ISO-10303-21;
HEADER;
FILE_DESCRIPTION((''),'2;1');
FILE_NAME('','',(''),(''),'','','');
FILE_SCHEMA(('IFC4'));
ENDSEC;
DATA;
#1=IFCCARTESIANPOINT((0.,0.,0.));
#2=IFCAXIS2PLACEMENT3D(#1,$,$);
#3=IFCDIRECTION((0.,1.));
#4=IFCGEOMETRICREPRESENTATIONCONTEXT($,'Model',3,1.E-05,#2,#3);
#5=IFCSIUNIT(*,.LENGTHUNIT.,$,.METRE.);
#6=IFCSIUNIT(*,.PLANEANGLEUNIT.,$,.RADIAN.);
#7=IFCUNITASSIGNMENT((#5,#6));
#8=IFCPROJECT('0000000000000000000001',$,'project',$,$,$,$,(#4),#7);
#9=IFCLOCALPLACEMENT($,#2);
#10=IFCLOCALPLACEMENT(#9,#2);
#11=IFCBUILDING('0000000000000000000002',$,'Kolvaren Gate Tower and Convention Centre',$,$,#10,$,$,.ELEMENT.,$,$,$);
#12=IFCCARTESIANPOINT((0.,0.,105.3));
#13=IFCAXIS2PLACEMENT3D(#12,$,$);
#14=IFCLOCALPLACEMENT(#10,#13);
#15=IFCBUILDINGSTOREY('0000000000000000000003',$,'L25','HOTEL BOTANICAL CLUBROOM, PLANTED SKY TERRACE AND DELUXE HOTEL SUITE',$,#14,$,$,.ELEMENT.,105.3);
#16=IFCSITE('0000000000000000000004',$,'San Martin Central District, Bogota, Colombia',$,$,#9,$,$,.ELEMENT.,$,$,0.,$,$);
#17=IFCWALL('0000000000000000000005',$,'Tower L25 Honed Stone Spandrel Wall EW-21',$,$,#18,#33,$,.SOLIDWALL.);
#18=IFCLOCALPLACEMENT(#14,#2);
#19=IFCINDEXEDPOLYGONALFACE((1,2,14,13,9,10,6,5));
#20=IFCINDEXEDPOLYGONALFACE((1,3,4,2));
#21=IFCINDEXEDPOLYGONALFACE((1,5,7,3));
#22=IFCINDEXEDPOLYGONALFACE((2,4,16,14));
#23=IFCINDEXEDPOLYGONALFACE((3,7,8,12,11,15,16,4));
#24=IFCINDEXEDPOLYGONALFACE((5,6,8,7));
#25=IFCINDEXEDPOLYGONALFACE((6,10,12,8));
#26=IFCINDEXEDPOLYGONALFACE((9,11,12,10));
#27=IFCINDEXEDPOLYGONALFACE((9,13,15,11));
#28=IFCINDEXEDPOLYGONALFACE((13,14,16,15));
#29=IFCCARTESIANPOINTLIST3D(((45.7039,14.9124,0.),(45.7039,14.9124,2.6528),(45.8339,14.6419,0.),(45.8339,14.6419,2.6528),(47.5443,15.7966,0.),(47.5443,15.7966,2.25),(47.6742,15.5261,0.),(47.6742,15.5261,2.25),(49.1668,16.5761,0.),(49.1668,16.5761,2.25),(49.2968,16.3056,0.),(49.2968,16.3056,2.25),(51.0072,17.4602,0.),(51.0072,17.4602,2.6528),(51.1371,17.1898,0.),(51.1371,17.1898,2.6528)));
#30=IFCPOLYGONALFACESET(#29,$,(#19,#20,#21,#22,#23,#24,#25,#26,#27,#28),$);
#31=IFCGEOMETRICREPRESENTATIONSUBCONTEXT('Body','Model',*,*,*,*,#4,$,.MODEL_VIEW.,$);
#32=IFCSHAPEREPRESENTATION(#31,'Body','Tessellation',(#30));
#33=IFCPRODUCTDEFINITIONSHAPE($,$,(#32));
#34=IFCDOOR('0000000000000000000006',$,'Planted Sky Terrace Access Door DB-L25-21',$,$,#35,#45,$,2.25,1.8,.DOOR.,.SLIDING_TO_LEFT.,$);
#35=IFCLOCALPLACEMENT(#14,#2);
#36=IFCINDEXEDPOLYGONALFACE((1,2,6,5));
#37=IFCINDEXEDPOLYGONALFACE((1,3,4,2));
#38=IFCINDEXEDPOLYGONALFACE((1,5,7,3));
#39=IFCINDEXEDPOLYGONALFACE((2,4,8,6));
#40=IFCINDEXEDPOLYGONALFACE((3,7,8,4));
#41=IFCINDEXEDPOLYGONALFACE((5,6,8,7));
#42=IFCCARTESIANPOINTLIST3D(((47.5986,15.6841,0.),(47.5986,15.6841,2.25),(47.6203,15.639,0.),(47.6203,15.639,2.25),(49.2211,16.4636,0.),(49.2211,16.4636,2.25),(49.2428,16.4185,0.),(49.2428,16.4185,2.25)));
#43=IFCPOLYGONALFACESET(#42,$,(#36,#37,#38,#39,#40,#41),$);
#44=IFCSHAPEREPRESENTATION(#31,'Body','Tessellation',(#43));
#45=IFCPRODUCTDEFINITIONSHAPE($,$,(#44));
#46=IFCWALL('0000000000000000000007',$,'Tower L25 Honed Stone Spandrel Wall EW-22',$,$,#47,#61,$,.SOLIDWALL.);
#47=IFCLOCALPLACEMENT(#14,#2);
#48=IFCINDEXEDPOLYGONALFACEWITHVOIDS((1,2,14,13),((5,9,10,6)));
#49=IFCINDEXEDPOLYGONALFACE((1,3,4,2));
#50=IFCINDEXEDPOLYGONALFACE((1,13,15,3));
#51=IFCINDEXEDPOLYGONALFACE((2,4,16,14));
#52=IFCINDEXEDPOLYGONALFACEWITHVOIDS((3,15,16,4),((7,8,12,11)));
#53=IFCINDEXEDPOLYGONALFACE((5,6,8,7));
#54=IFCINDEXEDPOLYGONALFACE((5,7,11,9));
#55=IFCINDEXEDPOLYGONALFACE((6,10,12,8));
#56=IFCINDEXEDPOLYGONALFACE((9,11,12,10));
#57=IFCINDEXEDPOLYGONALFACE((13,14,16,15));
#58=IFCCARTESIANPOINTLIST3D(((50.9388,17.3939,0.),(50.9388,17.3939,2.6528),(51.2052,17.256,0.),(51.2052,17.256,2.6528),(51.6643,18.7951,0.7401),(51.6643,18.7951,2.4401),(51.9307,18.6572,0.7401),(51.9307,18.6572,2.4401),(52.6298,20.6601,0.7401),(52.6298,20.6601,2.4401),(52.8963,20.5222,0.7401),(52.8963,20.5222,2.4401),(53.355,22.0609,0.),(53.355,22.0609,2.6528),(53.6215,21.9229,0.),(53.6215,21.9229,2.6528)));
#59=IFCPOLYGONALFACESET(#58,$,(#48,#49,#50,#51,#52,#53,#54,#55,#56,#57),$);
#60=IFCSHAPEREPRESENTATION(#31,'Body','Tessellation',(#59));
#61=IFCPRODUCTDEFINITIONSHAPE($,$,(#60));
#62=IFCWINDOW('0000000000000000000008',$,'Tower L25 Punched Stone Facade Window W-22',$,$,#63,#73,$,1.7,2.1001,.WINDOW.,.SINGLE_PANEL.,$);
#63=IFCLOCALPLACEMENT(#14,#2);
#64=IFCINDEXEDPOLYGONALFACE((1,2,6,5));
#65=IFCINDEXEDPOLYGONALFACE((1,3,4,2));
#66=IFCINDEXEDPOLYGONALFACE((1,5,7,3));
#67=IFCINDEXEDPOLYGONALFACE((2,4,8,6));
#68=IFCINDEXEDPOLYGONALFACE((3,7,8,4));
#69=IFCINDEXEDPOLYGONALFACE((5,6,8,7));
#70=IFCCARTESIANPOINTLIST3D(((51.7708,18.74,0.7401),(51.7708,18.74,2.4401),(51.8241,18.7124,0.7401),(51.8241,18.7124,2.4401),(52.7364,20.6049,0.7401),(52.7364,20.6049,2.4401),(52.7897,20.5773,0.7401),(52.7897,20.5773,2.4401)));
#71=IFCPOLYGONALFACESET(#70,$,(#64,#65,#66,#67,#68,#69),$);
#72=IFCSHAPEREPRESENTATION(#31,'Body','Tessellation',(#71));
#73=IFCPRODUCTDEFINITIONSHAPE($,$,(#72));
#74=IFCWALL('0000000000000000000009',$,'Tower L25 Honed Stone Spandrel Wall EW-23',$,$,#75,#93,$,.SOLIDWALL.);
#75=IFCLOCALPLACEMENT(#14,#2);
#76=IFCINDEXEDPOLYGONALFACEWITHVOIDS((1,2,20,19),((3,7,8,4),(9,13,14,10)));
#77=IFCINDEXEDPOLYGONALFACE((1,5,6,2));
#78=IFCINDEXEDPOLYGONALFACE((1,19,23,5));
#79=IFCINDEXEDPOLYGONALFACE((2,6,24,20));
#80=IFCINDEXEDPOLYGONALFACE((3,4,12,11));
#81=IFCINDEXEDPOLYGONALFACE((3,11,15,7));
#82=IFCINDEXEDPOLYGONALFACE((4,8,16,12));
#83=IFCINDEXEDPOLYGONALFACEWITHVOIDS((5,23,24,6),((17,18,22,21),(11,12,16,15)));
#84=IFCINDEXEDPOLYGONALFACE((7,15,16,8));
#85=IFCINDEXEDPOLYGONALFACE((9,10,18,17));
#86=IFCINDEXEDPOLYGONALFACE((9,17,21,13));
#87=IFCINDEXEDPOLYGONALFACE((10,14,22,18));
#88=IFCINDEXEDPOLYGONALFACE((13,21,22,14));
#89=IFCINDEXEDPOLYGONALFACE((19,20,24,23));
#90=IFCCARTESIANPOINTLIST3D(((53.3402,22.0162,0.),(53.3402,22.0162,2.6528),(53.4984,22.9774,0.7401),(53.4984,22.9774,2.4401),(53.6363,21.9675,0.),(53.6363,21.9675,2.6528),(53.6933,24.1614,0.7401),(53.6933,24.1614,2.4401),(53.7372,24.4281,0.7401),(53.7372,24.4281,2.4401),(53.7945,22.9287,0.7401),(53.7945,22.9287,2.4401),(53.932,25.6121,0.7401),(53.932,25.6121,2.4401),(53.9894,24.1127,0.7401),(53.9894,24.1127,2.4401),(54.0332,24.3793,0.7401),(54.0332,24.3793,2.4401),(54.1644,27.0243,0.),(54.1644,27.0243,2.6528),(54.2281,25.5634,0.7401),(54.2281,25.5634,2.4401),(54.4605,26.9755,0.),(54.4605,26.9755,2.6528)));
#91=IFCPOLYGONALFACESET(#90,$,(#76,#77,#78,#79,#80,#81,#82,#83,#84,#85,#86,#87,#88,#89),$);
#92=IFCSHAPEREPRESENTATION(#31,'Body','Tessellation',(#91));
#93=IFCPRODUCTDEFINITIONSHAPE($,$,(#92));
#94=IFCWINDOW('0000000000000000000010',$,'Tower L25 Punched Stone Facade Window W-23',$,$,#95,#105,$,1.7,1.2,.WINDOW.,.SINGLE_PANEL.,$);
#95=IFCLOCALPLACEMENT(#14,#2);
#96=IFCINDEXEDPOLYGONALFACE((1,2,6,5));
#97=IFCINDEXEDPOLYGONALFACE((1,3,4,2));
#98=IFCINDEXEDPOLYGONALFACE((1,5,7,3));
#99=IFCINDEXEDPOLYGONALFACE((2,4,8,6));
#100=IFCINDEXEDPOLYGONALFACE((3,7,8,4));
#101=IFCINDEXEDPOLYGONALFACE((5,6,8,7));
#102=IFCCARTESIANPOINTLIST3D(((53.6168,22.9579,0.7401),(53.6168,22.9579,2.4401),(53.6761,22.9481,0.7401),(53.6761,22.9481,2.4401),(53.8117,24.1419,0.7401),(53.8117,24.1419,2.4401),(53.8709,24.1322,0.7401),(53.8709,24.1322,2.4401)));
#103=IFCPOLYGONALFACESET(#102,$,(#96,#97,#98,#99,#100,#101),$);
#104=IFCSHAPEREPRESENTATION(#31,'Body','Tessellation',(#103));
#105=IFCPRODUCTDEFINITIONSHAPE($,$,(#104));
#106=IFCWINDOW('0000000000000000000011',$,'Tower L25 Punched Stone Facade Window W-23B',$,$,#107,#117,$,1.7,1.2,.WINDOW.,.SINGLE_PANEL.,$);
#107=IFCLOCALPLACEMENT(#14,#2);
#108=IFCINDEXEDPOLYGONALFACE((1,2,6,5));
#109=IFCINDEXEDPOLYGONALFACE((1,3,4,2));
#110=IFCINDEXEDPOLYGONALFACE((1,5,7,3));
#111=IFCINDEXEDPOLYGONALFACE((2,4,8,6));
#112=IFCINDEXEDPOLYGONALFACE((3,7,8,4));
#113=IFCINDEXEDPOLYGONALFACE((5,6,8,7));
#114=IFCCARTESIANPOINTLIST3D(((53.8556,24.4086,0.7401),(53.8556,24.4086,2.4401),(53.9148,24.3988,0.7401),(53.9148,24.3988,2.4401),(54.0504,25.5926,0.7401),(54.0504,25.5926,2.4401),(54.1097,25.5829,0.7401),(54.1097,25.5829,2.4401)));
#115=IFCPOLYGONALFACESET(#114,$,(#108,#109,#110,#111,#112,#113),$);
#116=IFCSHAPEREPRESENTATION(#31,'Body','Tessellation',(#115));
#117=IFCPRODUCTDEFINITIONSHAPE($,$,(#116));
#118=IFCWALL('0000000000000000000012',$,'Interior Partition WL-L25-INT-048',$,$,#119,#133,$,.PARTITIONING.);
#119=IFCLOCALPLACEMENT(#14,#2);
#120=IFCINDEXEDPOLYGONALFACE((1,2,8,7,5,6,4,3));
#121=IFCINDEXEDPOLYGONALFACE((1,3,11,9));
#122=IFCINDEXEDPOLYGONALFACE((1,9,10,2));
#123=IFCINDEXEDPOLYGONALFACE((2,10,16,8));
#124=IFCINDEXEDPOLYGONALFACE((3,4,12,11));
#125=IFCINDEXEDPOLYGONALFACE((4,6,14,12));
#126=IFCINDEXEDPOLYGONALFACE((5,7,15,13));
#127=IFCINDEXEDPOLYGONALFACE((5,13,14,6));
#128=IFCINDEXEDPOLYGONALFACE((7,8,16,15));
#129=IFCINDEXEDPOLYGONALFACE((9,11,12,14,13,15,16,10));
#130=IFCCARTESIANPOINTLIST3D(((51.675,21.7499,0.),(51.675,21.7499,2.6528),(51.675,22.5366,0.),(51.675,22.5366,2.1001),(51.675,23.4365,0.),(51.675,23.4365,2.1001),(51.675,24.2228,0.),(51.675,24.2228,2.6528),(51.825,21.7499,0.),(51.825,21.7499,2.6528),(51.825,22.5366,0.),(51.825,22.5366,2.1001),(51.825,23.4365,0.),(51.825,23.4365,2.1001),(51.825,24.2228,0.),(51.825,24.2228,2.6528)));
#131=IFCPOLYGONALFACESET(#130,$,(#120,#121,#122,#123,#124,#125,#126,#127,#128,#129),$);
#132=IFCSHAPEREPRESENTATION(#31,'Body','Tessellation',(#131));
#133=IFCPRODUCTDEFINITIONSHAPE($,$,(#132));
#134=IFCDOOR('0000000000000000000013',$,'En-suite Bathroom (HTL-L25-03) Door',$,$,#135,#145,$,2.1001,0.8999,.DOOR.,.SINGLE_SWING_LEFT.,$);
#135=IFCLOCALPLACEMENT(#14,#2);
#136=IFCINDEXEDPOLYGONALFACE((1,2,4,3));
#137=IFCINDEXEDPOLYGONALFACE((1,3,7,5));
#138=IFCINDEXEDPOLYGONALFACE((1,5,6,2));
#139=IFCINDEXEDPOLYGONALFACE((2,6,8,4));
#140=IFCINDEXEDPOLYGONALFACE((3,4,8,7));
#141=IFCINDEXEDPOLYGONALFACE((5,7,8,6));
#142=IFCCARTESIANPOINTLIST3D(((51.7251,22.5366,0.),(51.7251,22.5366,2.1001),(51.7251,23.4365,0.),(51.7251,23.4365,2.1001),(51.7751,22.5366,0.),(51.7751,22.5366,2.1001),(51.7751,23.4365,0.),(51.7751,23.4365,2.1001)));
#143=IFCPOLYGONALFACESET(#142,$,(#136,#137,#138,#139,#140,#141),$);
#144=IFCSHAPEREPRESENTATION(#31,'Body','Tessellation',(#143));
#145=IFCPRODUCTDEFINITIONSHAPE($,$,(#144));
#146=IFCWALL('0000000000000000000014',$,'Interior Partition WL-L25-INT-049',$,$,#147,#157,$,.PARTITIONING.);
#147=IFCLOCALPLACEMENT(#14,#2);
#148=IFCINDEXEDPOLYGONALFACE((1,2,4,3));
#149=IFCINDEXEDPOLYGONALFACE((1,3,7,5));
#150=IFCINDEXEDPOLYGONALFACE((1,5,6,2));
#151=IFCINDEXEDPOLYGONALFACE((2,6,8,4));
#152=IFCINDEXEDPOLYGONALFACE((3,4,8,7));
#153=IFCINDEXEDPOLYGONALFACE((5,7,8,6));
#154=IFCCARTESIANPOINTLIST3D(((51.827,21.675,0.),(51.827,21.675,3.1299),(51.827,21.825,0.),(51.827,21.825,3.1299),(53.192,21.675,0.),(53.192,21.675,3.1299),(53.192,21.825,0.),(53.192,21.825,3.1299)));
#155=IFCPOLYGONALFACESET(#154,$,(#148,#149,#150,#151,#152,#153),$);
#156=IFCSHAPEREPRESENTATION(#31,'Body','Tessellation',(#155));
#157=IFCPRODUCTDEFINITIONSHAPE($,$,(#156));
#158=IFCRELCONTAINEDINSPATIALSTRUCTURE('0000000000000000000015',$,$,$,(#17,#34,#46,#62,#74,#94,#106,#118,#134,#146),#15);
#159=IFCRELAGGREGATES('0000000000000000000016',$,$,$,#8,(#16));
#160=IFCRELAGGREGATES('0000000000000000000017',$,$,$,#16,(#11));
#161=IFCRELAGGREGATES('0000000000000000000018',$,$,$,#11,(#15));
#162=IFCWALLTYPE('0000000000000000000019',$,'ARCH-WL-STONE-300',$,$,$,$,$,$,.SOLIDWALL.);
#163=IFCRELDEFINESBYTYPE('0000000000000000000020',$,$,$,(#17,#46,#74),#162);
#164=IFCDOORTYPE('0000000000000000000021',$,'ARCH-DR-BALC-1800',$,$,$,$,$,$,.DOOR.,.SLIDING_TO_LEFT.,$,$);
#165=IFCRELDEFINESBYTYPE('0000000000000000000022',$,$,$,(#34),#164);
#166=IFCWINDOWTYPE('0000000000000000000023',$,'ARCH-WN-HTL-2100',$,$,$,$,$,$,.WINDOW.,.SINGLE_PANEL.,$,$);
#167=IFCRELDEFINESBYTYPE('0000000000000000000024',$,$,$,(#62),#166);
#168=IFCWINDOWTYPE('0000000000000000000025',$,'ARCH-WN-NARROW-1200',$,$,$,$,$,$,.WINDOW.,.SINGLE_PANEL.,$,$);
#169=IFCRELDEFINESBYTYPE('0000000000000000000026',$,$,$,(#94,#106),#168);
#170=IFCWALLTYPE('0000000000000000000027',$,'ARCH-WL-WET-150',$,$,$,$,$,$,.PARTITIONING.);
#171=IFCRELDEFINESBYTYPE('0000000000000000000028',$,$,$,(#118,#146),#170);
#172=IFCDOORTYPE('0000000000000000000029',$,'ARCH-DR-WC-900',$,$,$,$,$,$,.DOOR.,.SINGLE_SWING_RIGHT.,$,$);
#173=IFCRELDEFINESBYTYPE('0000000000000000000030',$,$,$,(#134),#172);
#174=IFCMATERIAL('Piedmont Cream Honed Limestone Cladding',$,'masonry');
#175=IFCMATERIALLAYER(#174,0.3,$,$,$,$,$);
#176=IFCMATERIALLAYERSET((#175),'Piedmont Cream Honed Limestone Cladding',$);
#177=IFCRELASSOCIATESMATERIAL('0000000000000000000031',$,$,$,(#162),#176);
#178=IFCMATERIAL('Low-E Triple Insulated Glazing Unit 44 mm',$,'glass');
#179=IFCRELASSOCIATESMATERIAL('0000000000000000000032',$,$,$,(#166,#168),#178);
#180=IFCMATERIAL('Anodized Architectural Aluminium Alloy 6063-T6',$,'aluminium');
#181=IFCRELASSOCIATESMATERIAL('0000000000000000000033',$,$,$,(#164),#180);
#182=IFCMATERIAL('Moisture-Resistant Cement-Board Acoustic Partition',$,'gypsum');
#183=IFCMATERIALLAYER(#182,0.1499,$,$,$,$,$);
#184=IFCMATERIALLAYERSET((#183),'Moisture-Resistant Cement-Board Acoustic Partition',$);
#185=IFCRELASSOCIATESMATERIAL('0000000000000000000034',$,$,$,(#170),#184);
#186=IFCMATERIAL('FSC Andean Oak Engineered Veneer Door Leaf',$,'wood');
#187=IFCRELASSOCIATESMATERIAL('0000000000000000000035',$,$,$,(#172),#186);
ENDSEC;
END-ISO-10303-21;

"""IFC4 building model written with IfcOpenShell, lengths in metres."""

from ifc_helpers import new_model, si_unit, direction, frame, frame_2d, origin, place, context, subcontext, project, spatial, rectangle, extrude, material, layer, layer_set, type_object, element, fill, save


model = new_model("IFC4")

# Units and contexts
model_context = context("Model", 3, precision=1e-05, world=origin(), true_north=direction((0.0, 1.0)))
body_context = subcontext(model_context, "Body", "Model", "MODEL_VIEW")
ifc_project = project(units=[si_unit("LENGTHUNIT", "METRE"), si_unit("PLANEANGLEUNIT", "RADIAN")], contexts=[model_context])

# Site, building, storey
site_placement = place(None, origin())
site = spatial("IfcSite", under=ifc_project, at=site_placement, Name="San Martin Central District, Bogota, Colombia", CompositionType="ELEMENT", RefElevation=0.0)
building_placement = place(site_placement, origin())
building = spatial("IfcBuilding", under=site, at=building_placement, Name="Kolvaren Gate Tower and Convention Centre", CompositionType="ELEMENT")
storey_placement = place(building_placement, frame((0.0, 0.0, 105.3)))
storey = spatial("IfcBuildingStorey", under=building, at=storey_placement, Name="L25", Description="HOTEL BOTANICAL CLUBROOM, PLANTED SKY TERRACE AND DELUXE HOTEL SUITE", CompositionType="ELEMENT", Elevation=105.3)

# Shared definitions
ifc_material_1 = material(Name="Piedmont Cream Honed Limestone Cladding", Category="masonry")

# Shared definitions
ifc_layer_1 = layer(ifc_material_1, 0.3)
ifc_layer_set_1 = layer_set([ifc_layer_1], Name="Piedmont Cream Honed Limestone Cladding")
wall_type_1 = type_object("IfcWallType", Name="ARCH-WL-STONE-300", PredefinedType="SOLIDWALL", material=ifc_layer_set_1)
ifc_material_2 = material(Name="Low-E Triple Insulated Glazing Unit 44 mm", Category="glass")
window_type_1 = type_object("IfcWindowType", Name="ARCH-WN-HTL-2100", PartitioningType="SINGLE_PANEL", PredefinedType="WINDOW", material=ifc_material_2)

# Wall, opening, door
wall_1_placement = place(storey_placement, frame((45.7688, 14.7771, 0.0), z_axis=(0.0, 0.0, 1.0), x_axis=(0.90137, 0.433049, 0.0)))
wall_1 = element("IfcWall", 1, at=wall_1_placement, inside=storey, type_object=wall_type_1, Name="Tower L25 Honed Stone Spandrel Wall EW-21", PredefinedType="SOLIDWALL", context=body_context, shape_type="SweptSolid", body=[
    extrude(rectangle(XDim=5.8835, YDim=0.3, at=frame_2d((2.9419, 0.0))), origin(), (0.0, 0.0, 1.0), 2.6528),
])
opening_1_placement = place(wall_1_placement, frame((2.042, 0.0, 0.0)))
opening_1 = element("IfcOpeningElement", 2, at=opening_1_placement, cuts=wall_1, PredefinedType="OPENING", context=body_context, shape_type="SweptSolid", body=[
    extrude(rectangle(XDim=1.8, YDim=2.25, at=frame_2d((0.8999, 1.125))), frame((0.0, 0.1599, 0.0), z_axis=(0.0, -1.0, 0.0), x_axis=(1.0, 0.0, 0.0)), (0.0, 0.0, 1.0), 0.3201),
])
ifc_material_3 = material(Name="Anodized Architectural Aluminium Alloy 6063-T6", Category="aluminium")
door_type_1 = type_object("IfcDoorType", Name="ARCH-DR-BALC-1800", OperationType="SLIDING_TO_LEFT", PredefinedType="DOOR", material=ifc_material_3)
door_1_placement = place(opening_1_placement, frame((1.8, 0.0, 0.0), z_axis=(0.0, 0.0, 1.0), x_axis=(-1.0, 0.0, 0.0)))
door_1 = element("IfcDoor", 3, at=door_1_placement, inside=storey, type_object=door_type_1, Name="Planted Sky Terrace Access Door DB-L25-21", OperationType="SLIDING_TO_LEFT", OverallHeight=2.25, OverallWidth=1.8, PredefinedType="DOOR", context=body_context, shape_type="SweptSolid", body=[
    extrude(rectangle(XDim=1.8, YDim=2.25, at=frame_2d((0.8999, 1.125))), frame((0.0, 0.0249, 0.0), z_axis=(0.0, -1.0, 0.0), x_axis=(1.0, 0.0, 0.0)), (0.0, 0.0, 1.0), 0.05),
])
fill(opening_1, door_1)

# Wall, opening, window
wall_2_placement = place(storey_placement, frame((51.072, 17.325, 0.0), z_axis=(0.0, 0.0, 1.0), x_axis=(0.459768, 0.888039, 0.0)))
wall_2 = element("IfcWall", 4, at=wall_2_placement, inside=storey, type_object=wall_type_1, Name="Tower L25 Honed Stone Spandrel Wall EW-22", PredefinedType="SOLIDWALL", context=body_context, shape_type="SweptSolid", body=[
    extrude(rectangle(XDim=5.2554, YDim=0.3, at=frame_2d((2.6277, 0.0))), origin(), (0.0, 0.0, 1.0), 2.6528),
])
opening_2_placement = place(wall_2_placement, frame((1.5779, 0.0, 0.74)))
opening_2 = element("IfcOpeningElement", 5, at=opening_2_placement, cuts=wall_2, PredefinedType="OPENING", context=body_context, shape_type="SweptSolid", body=[
    extrude(rectangle(XDim=2.1001, YDim=1.7, at=frame_2d((1.05, 0.8501))), frame((0.0, 0.1599, 0.0), z_axis=(0.0, -1.0, 0.0), x_axis=(1.0, 0.0, 0.0)), (0.0, 0.0, 1.0), 0.3201),
])
window_1_placement = place(opening_2_placement, origin())
window_1 = element("IfcWindow", 6, at=window_1_placement, inside=storey, type_object=window_type_1, Name="Tower L25 Punched Stone Facade Window W-22", OverallHeight=1.7, OverallWidth=2.1001, PartitioningType="SINGLE_PANEL", PredefinedType="WINDOW", context=body_context, shape_type="SweptSolid", body=[
    extrude(rectangle(XDim=2.1001, YDim=1.7, at=frame_2d((1.05, 0.8501))), frame((0.0, 0.03, 0.0), z_axis=(0.0, -1.0, 0.0), x_axis=(1.0, 0.0, 0.0)), (0.0, 0.0, 1.0), 0.0601),
])
fill(opening_2, window_1)

# Wall, openings, windows
wall_3_placement = place(storey_placement, frame((53.4883, 21.9919, 0.0), z_axis=(0.0, 0.0, 1.0), x_axis=(0.162394, 0.986726, 0.0)))
wall_3 = element("IfcWall", 7, at=wall_3_placement, inside=storey, type_object=wall_type_1, Name="Tower L25 Honed Stone Spandrel Wall EW-23", PredefinedType="SOLIDWALL", context=body_context, shape_type="SweptSolid", body=[
    extrude(rectangle(XDim=5.0754, YDim=0.3, at=frame_2d((2.5376, 0.0))), origin(), (0.0, 0.0, 1.0), 2.6528),
])
opening_3_placement = place(wall_3_placement, frame((0.9739, 0.0, 0.74)))
opening_3 = element("IfcOpeningElement", 8, at=opening_3_placement, cuts=wall_3, PredefinedType="OPENING", context=body_context, shape_type="SweptSolid", body=[
    extrude(rectangle(XDim=1.2, YDim=1.7, at=frame_2d((0.6001, 0.8501))), frame((0.0, 0.1599, 0.0), z_axis=(0.0, -1.0, 0.0), x_axis=(1.0, 0.0, 0.0)), (0.0, 0.0, 1.0), 0.3201),
])
opening_4_placement = place(wall_3_placement, frame((2.4441, 0.0, 0.74)))
opening_4 = element("IfcOpeningElement", 9, at=opening_4_placement, cuts=wall_3, PredefinedType="OPENING", context=body_context, shape_type="SweptSolid", body=[
    extrude(rectangle(XDim=1.2, YDim=1.7, at=frame_2d((0.6001, 0.8501))), frame((0.0, 0.1599, 0.0), z_axis=(0.0, -1.0, 0.0), x_axis=(1.0, 0.0, 0.0)), (0.0, 0.0, 1.0), 0.3201),
])
window_type_2 = type_object("IfcWindowType", Name="ARCH-WN-NARROW-1200", PartitioningType="SINGLE_PANEL", PredefinedType="WINDOW", material=ifc_material_2)
window_2_placement = place(opening_3_placement, origin())
window_2 = element("IfcWindow", 10, at=window_2_placement, inside=storey, type_object=window_type_2, Name="Tower L25 Punched Stone Facade Window W-23", OverallHeight=1.7, OverallWidth=1.2, PartitioningType="SINGLE_PANEL", PredefinedType="WINDOW", context=body_context, shape_type="SweptSolid", body=[
    extrude(rectangle(XDim=1.2, YDim=1.7, at=frame_2d((0.6001, 0.8501))), frame((0.0, 0.03, 0.0), z_axis=(0.0, -1.0, 0.0), x_axis=(1.0, 0.0, 0.0)), (0.0, 0.0, 1.0), 0.0601),
])
fill(opening_3, window_2)
window_3_placement = place(opening_4_placement, origin())
window_3 = element("IfcWindow", 11, at=window_3_placement, inside=storey, type_object=window_type_2, Name="Tower L25 Punched Stone Facade Window W-23B", OverallHeight=1.7, OverallWidth=1.2, PartitioningType="SINGLE_PANEL", PredefinedType="WINDOW", context=body_context, shape_type="SweptSolid", body=[
    extrude(rectangle(XDim=1.2, YDim=1.7, at=frame_2d((0.6001, 0.8501))), frame((0.0, 0.03, 0.0), z_axis=(0.0, -1.0, 0.0), x_axis=(1.0, 0.0, 0.0)), (0.0, 0.0, 1.0), 0.0601),
])
fill(opening_4, window_3)

# Wall, opening, door
ifc_material_4 = material(Name="Moisture-Resistant Cement-Board Acoustic Partition", Category="gypsum")
ifc_layer_2 = layer(ifc_material_4, 0.1499)
ifc_layer_set_2 = layer_set([ifc_layer_2], Name="Moisture-Resistant Cement-Board Acoustic Partition")
wall_type_2 = type_object("IfcWallType", Name="ARCH-WL-WET-150", PredefinedType="PARTITIONING", material=ifc_layer_set_2)
wall_4_placement = place(storey_placement, frame((51.75, 21.75, 0.0), z_axis=(0.0, 0.0, 1.0), x_axis=(0.0, 1.0, 0.0)))
wall_4 = element("IfcWall", 12, at=wall_4_placement, inside=storey, type_object=wall_type_2, Name="Interior Partition WL-L25-INT-048", PredefinedType="PARTITIONING", context=body_context, shape_type="SweptSolid", body=[
    extrude(rectangle(XDim=2.4729, YDim=0.1499, at=frame_2d((1.2363, 0.0))), origin(), (0.0, 0.0, 1.0), 2.6528),
])
opening_5_placement = place(wall_4_placement, frame((0.7866, 0.0, 0.0)))
opening_5 = element("IfcOpeningElement", 13, at=opening_5_placement, cuts=wall_4, PredefinedType="OPENING", context=body_context, shape_type="SweptSolid", body=[
    extrude(rectangle(XDim=0.8999, YDim=2.1001, at=frame_2d((0.45, 1.05))), frame((0.0, 0.085, 0.0), z_axis=(0.0, -1.0, 0.0), x_axis=(1.0, 0.0, 0.0)), (0.0, 0.0, 1.0), 0.1699),
])
ifc_material_5 = material(Name="FSC Andean Oak Engineered Veneer Door Leaf", Category="wood")
door_type_2 = type_object("IfcDoorType", Name="ARCH-DR-WC-900", OperationType="SINGLE_SWING_RIGHT", PredefinedType="DOOR", material=ifc_material_5)
door_2_placement = place(opening_5_placement, origin())
door_2 = element("IfcDoor", 14, at=door_2_placement, inside=storey, type_object=door_type_2, Name="En-suite Bathroom (HTL-L25-03) Door", OperationType="SINGLE_SWING_LEFT", OverallHeight=2.1001, OverallWidth=0.8999, PredefinedType="DOOR", context=body_context, shape_type="SweptSolid", body=[
    extrude(rectangle(XDim=0.8999, YDim=2.1001, at=frame_2d((0.45, 1.05))), frame((0.0, 0.0249, 0.0), z_axis=(0.0, -1.0, 0.0), x_axis=(1.0, 0.0, 0.0)), (0.0, 0.0, 1.0), 0.05),
])
fill(opening_5, door_2)

# Wall
wall_5_placement = place(storey_placement, frame((51.8269, 21.75, 0.0), z_axis=(0.0, 0.0, 1.0), x_axis=(1.0, 0.0, 0.0)))
element("IfcWall", 15, at=wall_5_placement, inside=storey, type_object=wall_type_2, Name="Interior Partition WL-L25-INT-049", PredefinedType="PARTITIONING", context=body_context, shape_type="SweptSolid", body=[
    extrude(rectangle(XDim=1.365, YDim=0.1499, at=frame_2d((0.6826, 0.0))), origin(), (0.0, 0.0, 1.0), 3.1299),
])

save(model, "model.ifc")
